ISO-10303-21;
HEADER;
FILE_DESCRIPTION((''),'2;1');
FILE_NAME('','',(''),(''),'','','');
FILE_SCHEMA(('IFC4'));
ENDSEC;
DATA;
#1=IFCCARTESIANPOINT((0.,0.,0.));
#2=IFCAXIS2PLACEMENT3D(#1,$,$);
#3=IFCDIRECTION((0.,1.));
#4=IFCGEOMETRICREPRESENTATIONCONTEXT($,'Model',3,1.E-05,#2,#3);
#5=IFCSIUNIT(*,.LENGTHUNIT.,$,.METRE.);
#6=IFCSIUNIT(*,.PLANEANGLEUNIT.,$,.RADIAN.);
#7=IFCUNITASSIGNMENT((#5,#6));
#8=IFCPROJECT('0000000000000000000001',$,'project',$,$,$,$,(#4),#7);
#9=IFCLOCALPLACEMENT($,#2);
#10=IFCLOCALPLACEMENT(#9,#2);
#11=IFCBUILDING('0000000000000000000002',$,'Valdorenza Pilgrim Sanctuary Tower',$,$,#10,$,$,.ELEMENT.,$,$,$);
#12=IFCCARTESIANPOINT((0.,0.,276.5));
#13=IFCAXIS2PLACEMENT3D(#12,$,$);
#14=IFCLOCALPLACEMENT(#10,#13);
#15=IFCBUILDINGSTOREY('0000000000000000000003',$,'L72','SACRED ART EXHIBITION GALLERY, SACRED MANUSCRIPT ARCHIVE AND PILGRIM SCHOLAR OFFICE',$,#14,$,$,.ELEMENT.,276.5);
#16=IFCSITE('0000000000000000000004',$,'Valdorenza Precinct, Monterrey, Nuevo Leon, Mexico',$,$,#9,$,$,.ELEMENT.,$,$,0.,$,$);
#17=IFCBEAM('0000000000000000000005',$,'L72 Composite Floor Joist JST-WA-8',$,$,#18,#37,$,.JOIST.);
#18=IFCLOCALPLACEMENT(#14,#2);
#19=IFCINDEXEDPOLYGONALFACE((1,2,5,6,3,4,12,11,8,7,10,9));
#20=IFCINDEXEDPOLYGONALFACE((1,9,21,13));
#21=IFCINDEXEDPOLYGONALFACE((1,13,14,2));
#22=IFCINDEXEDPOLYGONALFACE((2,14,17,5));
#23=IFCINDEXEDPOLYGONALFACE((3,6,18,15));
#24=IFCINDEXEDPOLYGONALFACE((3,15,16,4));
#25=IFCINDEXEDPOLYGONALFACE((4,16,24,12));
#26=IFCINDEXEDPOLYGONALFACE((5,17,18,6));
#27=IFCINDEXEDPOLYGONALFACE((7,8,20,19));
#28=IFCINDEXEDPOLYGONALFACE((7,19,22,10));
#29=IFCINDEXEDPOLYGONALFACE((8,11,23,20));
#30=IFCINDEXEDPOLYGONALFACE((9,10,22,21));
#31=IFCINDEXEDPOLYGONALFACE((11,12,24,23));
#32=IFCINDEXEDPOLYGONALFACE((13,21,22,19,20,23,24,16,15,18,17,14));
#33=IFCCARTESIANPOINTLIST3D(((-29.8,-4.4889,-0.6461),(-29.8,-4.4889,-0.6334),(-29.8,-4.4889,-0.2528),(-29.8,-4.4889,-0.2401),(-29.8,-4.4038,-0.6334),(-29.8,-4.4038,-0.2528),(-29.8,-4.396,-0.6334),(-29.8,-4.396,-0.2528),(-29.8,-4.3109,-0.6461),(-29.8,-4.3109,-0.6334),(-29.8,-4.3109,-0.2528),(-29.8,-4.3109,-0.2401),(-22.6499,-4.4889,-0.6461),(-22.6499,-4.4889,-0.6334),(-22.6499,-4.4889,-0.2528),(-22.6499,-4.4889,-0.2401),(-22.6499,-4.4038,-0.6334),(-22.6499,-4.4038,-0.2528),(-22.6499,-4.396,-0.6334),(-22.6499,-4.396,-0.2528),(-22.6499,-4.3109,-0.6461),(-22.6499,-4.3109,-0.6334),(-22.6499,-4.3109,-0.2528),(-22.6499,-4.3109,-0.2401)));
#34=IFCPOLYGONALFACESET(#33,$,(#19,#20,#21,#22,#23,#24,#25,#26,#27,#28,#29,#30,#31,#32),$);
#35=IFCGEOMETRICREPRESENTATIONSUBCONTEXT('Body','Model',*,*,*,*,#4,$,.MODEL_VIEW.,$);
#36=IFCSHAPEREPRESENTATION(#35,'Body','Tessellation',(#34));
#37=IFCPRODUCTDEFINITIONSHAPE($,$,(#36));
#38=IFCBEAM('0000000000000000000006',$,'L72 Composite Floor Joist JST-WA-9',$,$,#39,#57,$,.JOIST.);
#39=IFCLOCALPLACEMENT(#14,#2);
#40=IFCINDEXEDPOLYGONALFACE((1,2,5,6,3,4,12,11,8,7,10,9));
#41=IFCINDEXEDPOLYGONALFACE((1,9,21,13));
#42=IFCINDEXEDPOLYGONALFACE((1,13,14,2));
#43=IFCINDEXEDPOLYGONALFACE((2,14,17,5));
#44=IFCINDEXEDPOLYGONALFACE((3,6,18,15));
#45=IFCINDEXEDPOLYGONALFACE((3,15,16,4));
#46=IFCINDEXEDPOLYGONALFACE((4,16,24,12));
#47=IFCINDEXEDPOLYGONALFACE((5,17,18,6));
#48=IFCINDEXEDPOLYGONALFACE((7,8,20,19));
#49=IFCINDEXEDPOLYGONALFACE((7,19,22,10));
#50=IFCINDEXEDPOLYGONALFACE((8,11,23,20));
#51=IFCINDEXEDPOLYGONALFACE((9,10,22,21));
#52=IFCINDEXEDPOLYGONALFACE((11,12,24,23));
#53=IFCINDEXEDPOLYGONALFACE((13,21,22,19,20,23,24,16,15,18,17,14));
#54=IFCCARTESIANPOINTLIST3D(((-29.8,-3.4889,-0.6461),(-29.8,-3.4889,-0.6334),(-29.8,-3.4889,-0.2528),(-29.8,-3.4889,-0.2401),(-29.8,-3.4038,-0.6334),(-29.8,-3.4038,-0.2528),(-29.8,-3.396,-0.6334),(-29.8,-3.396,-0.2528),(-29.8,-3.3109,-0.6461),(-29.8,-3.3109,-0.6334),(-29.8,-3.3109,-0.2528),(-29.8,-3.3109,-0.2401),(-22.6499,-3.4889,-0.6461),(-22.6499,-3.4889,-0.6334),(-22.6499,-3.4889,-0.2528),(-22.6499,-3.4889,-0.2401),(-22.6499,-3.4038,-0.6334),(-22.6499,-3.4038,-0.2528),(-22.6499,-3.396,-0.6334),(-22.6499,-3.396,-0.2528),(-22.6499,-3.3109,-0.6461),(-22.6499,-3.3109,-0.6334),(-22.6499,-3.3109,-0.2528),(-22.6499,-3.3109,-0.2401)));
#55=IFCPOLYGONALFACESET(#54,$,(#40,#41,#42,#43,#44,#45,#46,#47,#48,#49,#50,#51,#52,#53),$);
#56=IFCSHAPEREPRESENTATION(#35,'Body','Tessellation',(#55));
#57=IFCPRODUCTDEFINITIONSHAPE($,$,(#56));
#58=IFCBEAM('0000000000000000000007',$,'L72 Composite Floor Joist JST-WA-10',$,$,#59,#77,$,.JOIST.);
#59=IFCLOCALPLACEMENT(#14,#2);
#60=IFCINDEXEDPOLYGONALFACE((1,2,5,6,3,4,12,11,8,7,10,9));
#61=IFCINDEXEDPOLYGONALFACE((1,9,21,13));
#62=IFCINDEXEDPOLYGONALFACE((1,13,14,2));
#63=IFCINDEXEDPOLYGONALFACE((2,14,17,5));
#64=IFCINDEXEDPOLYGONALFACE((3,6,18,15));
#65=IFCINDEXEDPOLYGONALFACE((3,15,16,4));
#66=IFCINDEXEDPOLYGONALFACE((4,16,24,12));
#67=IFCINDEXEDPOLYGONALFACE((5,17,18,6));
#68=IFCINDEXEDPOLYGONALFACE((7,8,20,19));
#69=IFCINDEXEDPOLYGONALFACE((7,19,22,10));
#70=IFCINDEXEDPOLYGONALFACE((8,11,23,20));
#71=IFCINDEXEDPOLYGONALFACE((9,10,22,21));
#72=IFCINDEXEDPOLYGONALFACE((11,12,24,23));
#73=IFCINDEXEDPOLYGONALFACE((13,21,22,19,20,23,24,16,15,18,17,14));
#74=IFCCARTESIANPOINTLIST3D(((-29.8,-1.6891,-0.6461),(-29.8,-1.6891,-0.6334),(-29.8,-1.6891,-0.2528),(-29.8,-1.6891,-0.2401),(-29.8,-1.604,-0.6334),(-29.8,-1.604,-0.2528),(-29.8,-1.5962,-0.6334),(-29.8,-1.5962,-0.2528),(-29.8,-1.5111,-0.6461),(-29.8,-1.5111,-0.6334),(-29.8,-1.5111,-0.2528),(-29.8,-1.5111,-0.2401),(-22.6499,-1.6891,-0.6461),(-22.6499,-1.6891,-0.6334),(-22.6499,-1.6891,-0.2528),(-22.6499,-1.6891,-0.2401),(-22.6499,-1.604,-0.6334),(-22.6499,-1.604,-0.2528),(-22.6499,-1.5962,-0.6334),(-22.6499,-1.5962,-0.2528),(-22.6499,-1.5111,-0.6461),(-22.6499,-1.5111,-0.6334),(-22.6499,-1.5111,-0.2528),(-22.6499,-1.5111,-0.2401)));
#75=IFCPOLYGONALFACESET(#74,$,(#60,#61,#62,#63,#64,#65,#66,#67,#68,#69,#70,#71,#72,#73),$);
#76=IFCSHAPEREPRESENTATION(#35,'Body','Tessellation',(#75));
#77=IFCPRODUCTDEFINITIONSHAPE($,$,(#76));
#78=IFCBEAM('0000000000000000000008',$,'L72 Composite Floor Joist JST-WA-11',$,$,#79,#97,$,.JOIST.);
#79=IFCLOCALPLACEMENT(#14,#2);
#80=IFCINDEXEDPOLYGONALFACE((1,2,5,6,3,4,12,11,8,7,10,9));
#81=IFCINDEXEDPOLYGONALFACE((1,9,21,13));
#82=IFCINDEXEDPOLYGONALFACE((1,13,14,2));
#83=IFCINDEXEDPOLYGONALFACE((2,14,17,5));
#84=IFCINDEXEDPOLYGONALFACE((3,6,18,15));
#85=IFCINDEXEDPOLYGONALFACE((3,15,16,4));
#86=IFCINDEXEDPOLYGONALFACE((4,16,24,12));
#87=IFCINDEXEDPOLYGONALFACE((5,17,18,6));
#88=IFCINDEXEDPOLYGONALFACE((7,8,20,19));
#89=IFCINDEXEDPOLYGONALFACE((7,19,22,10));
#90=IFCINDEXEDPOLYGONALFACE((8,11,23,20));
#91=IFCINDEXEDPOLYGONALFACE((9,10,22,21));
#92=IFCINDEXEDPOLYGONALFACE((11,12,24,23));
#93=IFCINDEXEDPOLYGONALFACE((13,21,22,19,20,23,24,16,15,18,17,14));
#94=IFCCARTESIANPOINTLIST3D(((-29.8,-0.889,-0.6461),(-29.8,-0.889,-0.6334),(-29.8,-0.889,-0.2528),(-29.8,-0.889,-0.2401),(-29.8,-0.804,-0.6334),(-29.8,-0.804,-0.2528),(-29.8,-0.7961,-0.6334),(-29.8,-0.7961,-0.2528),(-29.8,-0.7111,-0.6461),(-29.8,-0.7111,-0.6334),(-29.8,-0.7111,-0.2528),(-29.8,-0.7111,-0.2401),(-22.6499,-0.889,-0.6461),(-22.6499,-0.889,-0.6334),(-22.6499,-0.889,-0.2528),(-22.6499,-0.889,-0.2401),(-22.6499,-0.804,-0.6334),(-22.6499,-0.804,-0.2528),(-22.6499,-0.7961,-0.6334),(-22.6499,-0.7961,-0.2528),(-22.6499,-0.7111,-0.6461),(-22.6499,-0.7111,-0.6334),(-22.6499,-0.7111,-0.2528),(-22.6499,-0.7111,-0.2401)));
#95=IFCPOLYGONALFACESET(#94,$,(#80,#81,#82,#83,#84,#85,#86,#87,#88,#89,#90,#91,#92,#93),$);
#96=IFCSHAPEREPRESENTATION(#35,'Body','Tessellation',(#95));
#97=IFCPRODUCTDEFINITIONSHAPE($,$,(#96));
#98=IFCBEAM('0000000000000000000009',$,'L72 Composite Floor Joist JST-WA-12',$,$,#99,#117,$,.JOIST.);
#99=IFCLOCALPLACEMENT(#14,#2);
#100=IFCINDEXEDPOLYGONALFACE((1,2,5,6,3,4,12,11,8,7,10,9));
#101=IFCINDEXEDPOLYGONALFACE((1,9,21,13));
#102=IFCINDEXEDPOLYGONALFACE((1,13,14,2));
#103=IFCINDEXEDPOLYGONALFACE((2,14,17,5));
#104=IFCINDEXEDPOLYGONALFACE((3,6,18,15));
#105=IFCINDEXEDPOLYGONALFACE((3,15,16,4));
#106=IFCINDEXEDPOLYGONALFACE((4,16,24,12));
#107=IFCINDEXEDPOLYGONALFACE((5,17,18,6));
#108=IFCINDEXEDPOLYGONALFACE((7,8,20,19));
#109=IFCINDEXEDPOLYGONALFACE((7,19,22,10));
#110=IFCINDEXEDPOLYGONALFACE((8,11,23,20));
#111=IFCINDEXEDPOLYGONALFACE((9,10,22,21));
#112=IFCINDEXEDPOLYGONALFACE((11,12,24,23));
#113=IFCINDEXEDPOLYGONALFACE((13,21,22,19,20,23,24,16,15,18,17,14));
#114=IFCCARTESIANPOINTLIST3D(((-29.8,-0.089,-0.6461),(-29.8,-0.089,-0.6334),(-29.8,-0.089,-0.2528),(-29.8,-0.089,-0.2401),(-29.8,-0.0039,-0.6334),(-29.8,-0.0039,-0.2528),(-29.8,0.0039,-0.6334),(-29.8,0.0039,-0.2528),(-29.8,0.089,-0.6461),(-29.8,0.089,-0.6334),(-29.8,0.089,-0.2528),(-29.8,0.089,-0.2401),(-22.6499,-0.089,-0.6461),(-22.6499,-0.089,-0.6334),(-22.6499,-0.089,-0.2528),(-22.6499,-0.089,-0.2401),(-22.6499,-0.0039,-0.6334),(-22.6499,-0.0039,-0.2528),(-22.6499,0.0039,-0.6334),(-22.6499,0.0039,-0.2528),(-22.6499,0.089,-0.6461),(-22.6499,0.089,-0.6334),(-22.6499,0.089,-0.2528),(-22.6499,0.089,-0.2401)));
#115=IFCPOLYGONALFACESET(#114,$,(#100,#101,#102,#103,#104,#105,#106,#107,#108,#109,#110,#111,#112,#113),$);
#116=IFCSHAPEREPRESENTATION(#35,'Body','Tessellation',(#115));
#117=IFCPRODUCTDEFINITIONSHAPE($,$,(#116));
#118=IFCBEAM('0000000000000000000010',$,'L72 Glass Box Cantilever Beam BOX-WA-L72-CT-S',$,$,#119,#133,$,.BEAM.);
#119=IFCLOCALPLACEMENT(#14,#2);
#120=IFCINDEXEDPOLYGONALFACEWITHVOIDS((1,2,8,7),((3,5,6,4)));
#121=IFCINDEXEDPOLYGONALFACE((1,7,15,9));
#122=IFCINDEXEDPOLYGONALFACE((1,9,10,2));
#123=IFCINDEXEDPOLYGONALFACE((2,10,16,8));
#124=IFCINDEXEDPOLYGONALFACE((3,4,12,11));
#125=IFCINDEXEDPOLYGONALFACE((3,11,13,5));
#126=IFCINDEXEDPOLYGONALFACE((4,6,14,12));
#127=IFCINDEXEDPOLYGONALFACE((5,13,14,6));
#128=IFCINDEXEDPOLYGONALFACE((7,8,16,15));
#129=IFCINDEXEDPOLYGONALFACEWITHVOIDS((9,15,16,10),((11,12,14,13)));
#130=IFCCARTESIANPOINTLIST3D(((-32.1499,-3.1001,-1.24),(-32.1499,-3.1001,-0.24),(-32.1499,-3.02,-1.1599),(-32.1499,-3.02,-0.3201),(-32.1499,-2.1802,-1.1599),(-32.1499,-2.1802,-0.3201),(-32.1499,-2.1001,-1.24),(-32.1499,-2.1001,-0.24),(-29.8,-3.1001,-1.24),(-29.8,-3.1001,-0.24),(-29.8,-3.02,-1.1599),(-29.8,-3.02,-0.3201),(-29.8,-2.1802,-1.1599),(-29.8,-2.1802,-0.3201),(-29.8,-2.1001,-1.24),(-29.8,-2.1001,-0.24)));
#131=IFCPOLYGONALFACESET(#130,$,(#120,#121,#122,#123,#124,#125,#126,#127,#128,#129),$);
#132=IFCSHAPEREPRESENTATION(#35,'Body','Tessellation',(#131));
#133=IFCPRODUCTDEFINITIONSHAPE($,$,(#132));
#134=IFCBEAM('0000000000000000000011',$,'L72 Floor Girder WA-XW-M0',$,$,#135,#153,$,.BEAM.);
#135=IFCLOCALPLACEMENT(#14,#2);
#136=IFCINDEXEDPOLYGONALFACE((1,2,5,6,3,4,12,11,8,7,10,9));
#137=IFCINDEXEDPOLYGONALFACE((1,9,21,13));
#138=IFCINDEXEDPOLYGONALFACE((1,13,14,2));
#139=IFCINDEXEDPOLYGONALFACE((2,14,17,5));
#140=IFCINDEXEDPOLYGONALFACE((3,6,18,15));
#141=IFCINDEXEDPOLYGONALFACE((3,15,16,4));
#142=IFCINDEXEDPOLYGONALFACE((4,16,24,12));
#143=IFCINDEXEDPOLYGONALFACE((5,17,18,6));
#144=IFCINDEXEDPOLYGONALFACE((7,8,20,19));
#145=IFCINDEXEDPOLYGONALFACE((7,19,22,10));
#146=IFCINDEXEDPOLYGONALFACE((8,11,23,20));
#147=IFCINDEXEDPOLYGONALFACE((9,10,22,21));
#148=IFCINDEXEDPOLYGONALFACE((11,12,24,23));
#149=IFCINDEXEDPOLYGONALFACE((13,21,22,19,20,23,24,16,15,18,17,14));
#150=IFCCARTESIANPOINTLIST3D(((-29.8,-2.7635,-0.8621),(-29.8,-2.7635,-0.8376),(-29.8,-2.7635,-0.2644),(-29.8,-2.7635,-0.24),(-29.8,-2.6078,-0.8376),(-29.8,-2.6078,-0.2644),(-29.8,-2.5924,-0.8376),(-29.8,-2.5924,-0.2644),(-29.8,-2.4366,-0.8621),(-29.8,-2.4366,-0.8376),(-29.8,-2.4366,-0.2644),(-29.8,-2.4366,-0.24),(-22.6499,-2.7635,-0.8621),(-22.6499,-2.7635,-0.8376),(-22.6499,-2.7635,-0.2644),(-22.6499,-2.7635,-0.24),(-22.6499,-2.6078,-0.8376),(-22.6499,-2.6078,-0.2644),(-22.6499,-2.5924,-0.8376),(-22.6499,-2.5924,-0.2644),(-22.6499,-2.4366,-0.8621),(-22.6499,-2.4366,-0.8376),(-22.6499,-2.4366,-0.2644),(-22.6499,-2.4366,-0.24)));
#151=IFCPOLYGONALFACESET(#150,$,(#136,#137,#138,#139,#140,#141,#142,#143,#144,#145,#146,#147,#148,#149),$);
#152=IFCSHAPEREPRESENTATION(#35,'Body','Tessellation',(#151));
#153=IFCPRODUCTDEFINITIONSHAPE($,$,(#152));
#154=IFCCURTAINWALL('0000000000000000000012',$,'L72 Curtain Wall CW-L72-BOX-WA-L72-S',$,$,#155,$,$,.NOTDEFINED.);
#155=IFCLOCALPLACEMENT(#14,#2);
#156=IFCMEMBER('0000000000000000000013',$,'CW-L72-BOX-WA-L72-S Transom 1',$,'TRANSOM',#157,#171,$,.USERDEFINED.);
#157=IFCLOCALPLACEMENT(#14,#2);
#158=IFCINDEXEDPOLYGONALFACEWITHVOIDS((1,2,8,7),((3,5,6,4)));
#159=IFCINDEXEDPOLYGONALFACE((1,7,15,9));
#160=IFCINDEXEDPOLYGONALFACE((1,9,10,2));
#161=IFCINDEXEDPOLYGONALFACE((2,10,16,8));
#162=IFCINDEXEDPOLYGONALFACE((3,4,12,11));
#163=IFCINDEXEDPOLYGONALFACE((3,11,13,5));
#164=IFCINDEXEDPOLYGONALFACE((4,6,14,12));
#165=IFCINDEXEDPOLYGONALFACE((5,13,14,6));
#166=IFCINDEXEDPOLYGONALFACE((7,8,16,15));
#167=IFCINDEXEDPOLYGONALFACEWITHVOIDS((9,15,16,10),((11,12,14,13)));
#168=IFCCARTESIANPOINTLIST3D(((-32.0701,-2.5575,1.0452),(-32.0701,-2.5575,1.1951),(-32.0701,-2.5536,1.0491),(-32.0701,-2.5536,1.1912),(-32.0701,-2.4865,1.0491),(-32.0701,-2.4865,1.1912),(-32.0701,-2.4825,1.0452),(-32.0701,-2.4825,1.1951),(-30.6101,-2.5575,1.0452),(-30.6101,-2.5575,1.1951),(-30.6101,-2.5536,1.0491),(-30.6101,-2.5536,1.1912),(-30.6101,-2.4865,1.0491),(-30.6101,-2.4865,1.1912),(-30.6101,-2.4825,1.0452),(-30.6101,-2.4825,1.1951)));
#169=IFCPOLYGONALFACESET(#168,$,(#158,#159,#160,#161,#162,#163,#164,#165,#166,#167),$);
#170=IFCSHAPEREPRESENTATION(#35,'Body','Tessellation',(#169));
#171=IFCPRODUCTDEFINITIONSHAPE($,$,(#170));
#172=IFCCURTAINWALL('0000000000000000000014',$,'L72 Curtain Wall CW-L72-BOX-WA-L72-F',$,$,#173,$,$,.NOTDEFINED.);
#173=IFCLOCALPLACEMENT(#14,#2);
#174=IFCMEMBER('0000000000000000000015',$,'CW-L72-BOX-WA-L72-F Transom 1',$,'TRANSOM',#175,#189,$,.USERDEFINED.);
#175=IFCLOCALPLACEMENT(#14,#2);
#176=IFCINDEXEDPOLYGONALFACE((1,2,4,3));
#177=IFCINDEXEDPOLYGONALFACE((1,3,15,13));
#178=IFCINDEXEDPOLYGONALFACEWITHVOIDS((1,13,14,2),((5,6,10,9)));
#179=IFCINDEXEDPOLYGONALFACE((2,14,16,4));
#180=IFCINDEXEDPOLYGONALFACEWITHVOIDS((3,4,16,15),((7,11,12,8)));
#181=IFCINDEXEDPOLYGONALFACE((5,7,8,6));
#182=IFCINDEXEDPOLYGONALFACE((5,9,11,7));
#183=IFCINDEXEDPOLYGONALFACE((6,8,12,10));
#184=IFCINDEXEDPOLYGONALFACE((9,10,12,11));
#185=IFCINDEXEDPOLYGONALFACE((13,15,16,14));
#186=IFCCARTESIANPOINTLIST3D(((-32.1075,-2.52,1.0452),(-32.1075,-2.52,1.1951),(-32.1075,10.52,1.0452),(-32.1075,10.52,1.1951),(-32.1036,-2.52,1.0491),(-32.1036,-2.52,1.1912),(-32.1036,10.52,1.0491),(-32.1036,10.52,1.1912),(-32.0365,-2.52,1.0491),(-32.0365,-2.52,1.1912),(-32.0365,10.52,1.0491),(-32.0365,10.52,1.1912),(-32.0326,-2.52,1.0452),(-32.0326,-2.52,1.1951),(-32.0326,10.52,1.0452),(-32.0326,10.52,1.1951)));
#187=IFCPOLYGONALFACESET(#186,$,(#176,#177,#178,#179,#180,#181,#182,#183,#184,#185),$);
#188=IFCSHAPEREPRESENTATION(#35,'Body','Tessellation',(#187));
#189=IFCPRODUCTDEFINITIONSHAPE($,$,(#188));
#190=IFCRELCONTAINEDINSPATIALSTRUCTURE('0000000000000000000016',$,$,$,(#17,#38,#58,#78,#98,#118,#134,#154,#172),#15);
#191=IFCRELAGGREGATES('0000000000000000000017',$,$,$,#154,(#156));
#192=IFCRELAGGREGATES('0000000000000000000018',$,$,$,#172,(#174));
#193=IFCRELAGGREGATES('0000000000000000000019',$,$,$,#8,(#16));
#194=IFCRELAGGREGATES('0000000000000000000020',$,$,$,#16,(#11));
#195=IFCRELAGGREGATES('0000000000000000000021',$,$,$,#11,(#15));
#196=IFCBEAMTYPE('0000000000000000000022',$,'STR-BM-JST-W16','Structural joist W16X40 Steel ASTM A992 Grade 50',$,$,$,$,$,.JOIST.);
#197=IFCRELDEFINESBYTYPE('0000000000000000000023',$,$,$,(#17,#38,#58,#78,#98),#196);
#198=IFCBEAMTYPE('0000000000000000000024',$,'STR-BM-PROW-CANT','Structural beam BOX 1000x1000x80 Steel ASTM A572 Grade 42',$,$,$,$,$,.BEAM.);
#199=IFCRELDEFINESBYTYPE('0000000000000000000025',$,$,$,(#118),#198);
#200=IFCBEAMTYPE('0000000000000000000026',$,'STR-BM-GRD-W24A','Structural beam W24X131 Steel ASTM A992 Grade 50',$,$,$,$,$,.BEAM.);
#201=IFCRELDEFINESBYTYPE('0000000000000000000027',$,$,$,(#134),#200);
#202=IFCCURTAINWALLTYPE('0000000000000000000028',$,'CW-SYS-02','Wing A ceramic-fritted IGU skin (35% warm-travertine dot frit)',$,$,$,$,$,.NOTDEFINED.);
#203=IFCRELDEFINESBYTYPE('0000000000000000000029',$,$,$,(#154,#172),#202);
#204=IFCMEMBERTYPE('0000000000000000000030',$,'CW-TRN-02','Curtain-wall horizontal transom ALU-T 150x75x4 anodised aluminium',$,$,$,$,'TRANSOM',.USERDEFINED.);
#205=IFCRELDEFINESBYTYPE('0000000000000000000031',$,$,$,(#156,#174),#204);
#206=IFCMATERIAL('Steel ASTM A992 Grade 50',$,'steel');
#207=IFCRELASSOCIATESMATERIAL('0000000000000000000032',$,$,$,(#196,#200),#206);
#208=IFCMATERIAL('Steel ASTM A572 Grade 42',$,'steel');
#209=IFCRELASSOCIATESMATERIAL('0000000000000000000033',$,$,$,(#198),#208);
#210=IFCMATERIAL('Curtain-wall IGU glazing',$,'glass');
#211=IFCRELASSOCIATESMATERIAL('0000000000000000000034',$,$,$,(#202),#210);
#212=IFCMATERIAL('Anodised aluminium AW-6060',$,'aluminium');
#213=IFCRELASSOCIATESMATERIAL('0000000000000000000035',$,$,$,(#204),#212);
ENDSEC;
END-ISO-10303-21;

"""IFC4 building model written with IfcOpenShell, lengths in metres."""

from ifc_helpers import new_model, si_unit, direction, frame, origin, origin_2d, place, context, subcontext, project, spatial, hollow_rectangle, i_section, extrude, source, transform, mapped, material, material_profile, profile_set, type_object, element, aggregate, save


model = new_model("IFC4")

# Units and contexts
model_context = context("Model", 3, precision=1e-05, world=origin(), true_north=direction((0.0, 1.0)))
body_context = subcontext(model_context, "Body", "Model", "MODEL_VIEW")
ifc_project = project(units=[si_unit("LENGTHUNIT", "METRE"), si_unit("PLANEANGLEUNIT", "RADIAN")], contexts=[model_context])

# Site, building, storey
site_placement = place(None, origin())
site = spatial("IfcSite", under=ifc_project, at=site_placement, Name="Valdorenza Precinct, Monterrey, Nuevo Leon, Mexico", CompositionType="ELEMENT", RefElevation=0.0)
building_placement = place(site_placement, origin())
building = spatial("IfcBuilding", under=site, at=building_placement, Name="Valdorenza Pilgrim Sanctuary Tower", CompositionType="ELEMENT")
storey_placement = place(building_placement, frame((0.0, 0.0, 276.5)))
storey = spatial("IfcBuildingStorey", under=building, at=storey_placement, Name="L72", Description="SACRED ART EXHIBITION GALLERY, SACRED MANUSCRIPT ARCHIVE AND PILGRIM SCHOLAR OFFICE", CompositionType="ELEMENT", Elevation=276.5)

# Beams
ifc_material_1 = material(Name="Steel ASTM A992 Grade 50", Category="steel")
ifc_material_profile_1 = material_profile(ifc_material_1, i_section(OverallWidth=0.178, OverallDepth=0.406, WebThickness=0.0078, FlangeThickness=0.0127, at=origin_2d()), Name="W16X40")
ifc_profile_set_1 = profile_set([ifc_material_profile_1], Name="Steel ASTM A992 Grade 50")
beam_type_1 = type_object("IfcBeamType", Name="STR-BM-JST-W16", Description="Structural joist W16X40 Steel ASTM A992 Grade 50", PredefinedType="JOIST", material=ifc_profile_set_1)
shared_shape_1 = source(origin(), body_context, "Body", "SweptSolid", [
    extrude(i_section(OverallWidth=0.178, OverallDepth=0.406, WebThickness=0.0078, FlangeThickness=0.0127, at=origin_2d()), origin(), (0.0, 0.0, 1.0), 7.1501),
])
for number, where, z_axis, x_axis, name in (
    (1, (-29.8, -4.3999, -0.4431), (1.0, 0.0, 0.0), (0.0, 1.0, 0.0), "L72 Composite Floor Joist JST-WA-8"),
    (2, (-29.8, -3.3999, -0.4431), (1.0, 0.0, 0.0), (0.0, 1.0, 0.0), "L72 Composite Floor Joist JST-WA-9"),
    (3, (-29.8, -1.6001, -0.4431), (1.0, 0.0, 0.0), (0.0, 1.0, 0.0), "L72 Composite Floor Joist JST-WA-10"),
    (4, (-29.8, -0.8, -0.4431), (1.0, 0.0, 0.0), (0.0, 1.0, 0.0), "L72 Composite Floor Joist JST-WA-11"),
    (5, (-29.8, 0.0, -0.4431), (1.0, 0.0, 0.0), (0.0, 1.0, 0.0), "L72 Composite Floor Joist JST-WA-12"),
):
    element("IfcBeam", number, at=place(storey_placement, frame(where, z_axis=z_axis, x_axis=x_axis)), inside=storey, type_object=beam_type_1, Name=name, PredefinedType="JOIST", context=body_context, shape_type="MappedRepresentation", body=[
        mapped(shared_shape_1, transform((0.0, 0.0, 0.0), x_axis=(1.0, 0.0, 0.0), y_axis=(0.0, 1.0, 0.0), z_axis=(0.0, 0.0, 1.0), scale=1.0)),
    ])
ifc_material_2 = material(Name="Steel ASTM A572 Grade 42", Category="steel")
ifc_material_profile_2 = material_profile(ifc_material_2, hollow_rectangle(XDim=1.0, YDim=1.0, WallThickness=0.0801, at=origin_2d()), Name="BOX 1000x1000x80")
ifc_profile_set_2 = profile_set([ifc_material_profile_2], Name="Steel ASTM A572 Grade 42")
beam_type_2 = type_object("IfcBeamType", Name="STR-BM-PROW-CANT", Description="Structural beam BOX 1000x1000x80 Steel ASTM A572 Grade 42", PredefinedType="BEAM", material=ifc_profile_set_2)
shared_shape_2 = source(origin(), body_context, "Body", "SweptSolid", [
    extrude(hollow_rectangle(XDim=1.0, YDim=1.0, WallThickness=0.0801, at=origin_2d()), origin(), (0.0, 0.0, 1.0), 2.3499),
])
beam_1_placement = place(storey_placement, frame((-29.8, -2.6001, -0.74), z_axis=(-1.0, 0.0, 0.0), x_axis=(0.0, -1.0, 0.0)))
element("IfcBeam", 6, at=beam_1_placement, inside=storey, type_object=beam_type_2, Name="L72 Glass Box Cantilever Beam BOX-WA-L72-CT-S", PredefinedType="BEAM", context=body_context, shape_type="MappedRepresentation", body=[
    mapped(shared_shape_2, transform((0.0, 0.0, 0.0), x_axis=(1.0, 0.0, 0.0), y_axis=(0.0, 1.0, 0.0), z_axis=(0.0, 0.0, 1.0), scale=1.0)),
])
ifc_material_profile_3 = material_profile(ifc_material_1, i_section(OverallWidth=0.3269, OverallDepth=0.6221, WebThickness=0.0154, FlangeThickness=0.0244, at=origin_2d()), Name="W24X131")
ifc_profile_set_3 = profile_set([ifc_material_profile_3], Name="Steel ASTM A992 Grade 50")
beam_type_3 = type_object("IfcBeamType", Name="STR-BM-GRD-W24A", Description="Structural beam W24X131 Steel ASTM A992 Grade 50", PredefinedType="BEAM", material=ifc_profile_set_3)
shared_shape_3 = source(origin(), body_context, "Body", "SweptSolid", [
    extrude(i_section(OverallWidth=0.3269, OverallDepth=0.6221, WebThickness=0.0154, FlangeThickness=0.0244, at=origin_2d()), origin(), (0.0, 0.0, 1.0), 7.1501),
])
beam_2_placement = place(storey_placement, frame((-29.8, -2.6001, -0.551), z_axis=(1.0, 0.0, 0.0), x_axis=(0.0, 1.0, 0.0)))
element("IfcBeam", 7, at=beam_2_placement, inside=storey, type_object=beam_type_3, Name="L72 Floor Girder WA-XW-M0", PredefinedType="BEAM", context=body_context, shape_type="MappedRepresentation", body=[
    mapped(shared_shape_3, transform((0.0, 0.0, 0.0), x_axis=(1.0, 0.0, 0.0), y_axis=(0.0, 1.0, 0.0), z_axis=(0.0, 0.0, 1.0), scale=1.0)),
])

# Curtain walls, members
ifc_material_3 = material(Name="Curtain-wall IGU glazing", Category="glass")
curtain_wall_type = type_object("IfcCurtainWallType", Name="CW-SYS-02", Description="Wing A ceramic-fritted IGU skin (35% warm-travertine dot frit)", PredefinedType="NOTDEFINED", material=ifc_material_3)
curtain_wall_1_placement = place(storey_placement, origin())
curtain_wall_1 = element("IfcCurtainWall", 8, at=curtain_wall_1_placement, inside=storey, type_object=curtain_wall_type, Name="L72 Curtain Wall CW-L72-BOX-WA-L72-S", PredefinedType="NOTDEFINED")
ifc_material_4 = material(Name="Anodised aluminium AW-6060", Category="aluminium")
ifc_material_profile_4 = material_profile(ifc_material_4, hollow_rectangle(XDim=0.075, YDim=0.1499, WallThickness=0.0039, at=origin_2d()), Name="ALU-T 150x75x4")
ifc_profile_set_4 = profile_set([ifc_material_profile_4], Name="Anodised aluminium AW-6060")
member_type_1 = type_object("IfcMemberType", Name="CW-TRN-02", Description="Curtain-wall horizontal transom ALU-T 150x75x4 anodised aluminium", ElementType="TRANSOM", PredefinedType="USERDEFINED", material=ifc_profile_set_4)
shared_shape_4 = source(origin(), body_context, "Body", "SweptSolid", [
    extrude(hollow_rectangle(XDim=0.075, YDim=0.1499, WallThickness=0.0039, at=origin_2d()), origin(), (0.0, 0.0, 1.0), 1.46),
])
member_1_placement = place(storey_placement, frame((-30.6101, -2.52, 1.1201), z_axis=(-1.0, 0.0, 0.0), x_axis=(0.0, -1.0, 0.0)))
member_1 = element("IfcMember", 9, at=member_1_placement, type_object=member_type_1, Name="CW-L72-BOX-WA-L72-S Transom 1", ObjectType="TRANSOM", PredefinedType="USERDEFINED", context=body_context, shape_type="MappedRepresentation", body=[
    mapped(shared_shape_4, transform((0.0, 0.0, 0.0), x_axis=(1.0, 0.0, 0.0), y_axis=(0.0, 1.0, 0.0), z_axis=(0.0, 0.0, 1.0), scale=1.0)),
])
curtain_wall_2_placement = place(storey_placement, origin())
curtain_wall_2 = element("IfcCurtainWall", 10, at=curtain_wall_2_placement, inside=storey, type_object=curtain_wall_type, Name="L72 Curtain Wall CW-L72-BOX-WA-L72-F", PredefinedType="NOTDEFINED")
shared_shape_5 = source(origin(), body_context, "Body", "SweptSolid", [
    extrude(hollow_rectangle(XDim=0.075, YDim=0.1499, WallThickness=0.0039, at=origin_2d()), origin(), (0.0, 0.0, 1.0), 13.04),
])
member_2_placement = place(storey_placement, frame((-32.0701, -2.52, 1.1201), z_axis=(0.0, 1.0, 0.0), x_axis=(-1.0, 0.0, 0.0)))
member_2 = element("IfcMember", 11, at=member_2_placement, type_object=member_type_1, Name="CW-L72-BOX-WA-L72-F Transom 1", ObjectType="TRANSOM", PredefinedType="USERDEFINED", context=body_context, shape_type="MappedRepresentation", body=[
    mapped(shared_shape_5, transform((0.0, 0.0, 0.0), x_axis=(1.0, 0.0, 0.0), y_axis=(0.0, 1.0, 0.0), z_axis=(0.0, 0.0, 1.0), scale=1.0)),
])

aggregate(curtain_wall_1, [member_1])
aggregate(curtain_wall_2, [member_2])

save(model, "model.ifc")
